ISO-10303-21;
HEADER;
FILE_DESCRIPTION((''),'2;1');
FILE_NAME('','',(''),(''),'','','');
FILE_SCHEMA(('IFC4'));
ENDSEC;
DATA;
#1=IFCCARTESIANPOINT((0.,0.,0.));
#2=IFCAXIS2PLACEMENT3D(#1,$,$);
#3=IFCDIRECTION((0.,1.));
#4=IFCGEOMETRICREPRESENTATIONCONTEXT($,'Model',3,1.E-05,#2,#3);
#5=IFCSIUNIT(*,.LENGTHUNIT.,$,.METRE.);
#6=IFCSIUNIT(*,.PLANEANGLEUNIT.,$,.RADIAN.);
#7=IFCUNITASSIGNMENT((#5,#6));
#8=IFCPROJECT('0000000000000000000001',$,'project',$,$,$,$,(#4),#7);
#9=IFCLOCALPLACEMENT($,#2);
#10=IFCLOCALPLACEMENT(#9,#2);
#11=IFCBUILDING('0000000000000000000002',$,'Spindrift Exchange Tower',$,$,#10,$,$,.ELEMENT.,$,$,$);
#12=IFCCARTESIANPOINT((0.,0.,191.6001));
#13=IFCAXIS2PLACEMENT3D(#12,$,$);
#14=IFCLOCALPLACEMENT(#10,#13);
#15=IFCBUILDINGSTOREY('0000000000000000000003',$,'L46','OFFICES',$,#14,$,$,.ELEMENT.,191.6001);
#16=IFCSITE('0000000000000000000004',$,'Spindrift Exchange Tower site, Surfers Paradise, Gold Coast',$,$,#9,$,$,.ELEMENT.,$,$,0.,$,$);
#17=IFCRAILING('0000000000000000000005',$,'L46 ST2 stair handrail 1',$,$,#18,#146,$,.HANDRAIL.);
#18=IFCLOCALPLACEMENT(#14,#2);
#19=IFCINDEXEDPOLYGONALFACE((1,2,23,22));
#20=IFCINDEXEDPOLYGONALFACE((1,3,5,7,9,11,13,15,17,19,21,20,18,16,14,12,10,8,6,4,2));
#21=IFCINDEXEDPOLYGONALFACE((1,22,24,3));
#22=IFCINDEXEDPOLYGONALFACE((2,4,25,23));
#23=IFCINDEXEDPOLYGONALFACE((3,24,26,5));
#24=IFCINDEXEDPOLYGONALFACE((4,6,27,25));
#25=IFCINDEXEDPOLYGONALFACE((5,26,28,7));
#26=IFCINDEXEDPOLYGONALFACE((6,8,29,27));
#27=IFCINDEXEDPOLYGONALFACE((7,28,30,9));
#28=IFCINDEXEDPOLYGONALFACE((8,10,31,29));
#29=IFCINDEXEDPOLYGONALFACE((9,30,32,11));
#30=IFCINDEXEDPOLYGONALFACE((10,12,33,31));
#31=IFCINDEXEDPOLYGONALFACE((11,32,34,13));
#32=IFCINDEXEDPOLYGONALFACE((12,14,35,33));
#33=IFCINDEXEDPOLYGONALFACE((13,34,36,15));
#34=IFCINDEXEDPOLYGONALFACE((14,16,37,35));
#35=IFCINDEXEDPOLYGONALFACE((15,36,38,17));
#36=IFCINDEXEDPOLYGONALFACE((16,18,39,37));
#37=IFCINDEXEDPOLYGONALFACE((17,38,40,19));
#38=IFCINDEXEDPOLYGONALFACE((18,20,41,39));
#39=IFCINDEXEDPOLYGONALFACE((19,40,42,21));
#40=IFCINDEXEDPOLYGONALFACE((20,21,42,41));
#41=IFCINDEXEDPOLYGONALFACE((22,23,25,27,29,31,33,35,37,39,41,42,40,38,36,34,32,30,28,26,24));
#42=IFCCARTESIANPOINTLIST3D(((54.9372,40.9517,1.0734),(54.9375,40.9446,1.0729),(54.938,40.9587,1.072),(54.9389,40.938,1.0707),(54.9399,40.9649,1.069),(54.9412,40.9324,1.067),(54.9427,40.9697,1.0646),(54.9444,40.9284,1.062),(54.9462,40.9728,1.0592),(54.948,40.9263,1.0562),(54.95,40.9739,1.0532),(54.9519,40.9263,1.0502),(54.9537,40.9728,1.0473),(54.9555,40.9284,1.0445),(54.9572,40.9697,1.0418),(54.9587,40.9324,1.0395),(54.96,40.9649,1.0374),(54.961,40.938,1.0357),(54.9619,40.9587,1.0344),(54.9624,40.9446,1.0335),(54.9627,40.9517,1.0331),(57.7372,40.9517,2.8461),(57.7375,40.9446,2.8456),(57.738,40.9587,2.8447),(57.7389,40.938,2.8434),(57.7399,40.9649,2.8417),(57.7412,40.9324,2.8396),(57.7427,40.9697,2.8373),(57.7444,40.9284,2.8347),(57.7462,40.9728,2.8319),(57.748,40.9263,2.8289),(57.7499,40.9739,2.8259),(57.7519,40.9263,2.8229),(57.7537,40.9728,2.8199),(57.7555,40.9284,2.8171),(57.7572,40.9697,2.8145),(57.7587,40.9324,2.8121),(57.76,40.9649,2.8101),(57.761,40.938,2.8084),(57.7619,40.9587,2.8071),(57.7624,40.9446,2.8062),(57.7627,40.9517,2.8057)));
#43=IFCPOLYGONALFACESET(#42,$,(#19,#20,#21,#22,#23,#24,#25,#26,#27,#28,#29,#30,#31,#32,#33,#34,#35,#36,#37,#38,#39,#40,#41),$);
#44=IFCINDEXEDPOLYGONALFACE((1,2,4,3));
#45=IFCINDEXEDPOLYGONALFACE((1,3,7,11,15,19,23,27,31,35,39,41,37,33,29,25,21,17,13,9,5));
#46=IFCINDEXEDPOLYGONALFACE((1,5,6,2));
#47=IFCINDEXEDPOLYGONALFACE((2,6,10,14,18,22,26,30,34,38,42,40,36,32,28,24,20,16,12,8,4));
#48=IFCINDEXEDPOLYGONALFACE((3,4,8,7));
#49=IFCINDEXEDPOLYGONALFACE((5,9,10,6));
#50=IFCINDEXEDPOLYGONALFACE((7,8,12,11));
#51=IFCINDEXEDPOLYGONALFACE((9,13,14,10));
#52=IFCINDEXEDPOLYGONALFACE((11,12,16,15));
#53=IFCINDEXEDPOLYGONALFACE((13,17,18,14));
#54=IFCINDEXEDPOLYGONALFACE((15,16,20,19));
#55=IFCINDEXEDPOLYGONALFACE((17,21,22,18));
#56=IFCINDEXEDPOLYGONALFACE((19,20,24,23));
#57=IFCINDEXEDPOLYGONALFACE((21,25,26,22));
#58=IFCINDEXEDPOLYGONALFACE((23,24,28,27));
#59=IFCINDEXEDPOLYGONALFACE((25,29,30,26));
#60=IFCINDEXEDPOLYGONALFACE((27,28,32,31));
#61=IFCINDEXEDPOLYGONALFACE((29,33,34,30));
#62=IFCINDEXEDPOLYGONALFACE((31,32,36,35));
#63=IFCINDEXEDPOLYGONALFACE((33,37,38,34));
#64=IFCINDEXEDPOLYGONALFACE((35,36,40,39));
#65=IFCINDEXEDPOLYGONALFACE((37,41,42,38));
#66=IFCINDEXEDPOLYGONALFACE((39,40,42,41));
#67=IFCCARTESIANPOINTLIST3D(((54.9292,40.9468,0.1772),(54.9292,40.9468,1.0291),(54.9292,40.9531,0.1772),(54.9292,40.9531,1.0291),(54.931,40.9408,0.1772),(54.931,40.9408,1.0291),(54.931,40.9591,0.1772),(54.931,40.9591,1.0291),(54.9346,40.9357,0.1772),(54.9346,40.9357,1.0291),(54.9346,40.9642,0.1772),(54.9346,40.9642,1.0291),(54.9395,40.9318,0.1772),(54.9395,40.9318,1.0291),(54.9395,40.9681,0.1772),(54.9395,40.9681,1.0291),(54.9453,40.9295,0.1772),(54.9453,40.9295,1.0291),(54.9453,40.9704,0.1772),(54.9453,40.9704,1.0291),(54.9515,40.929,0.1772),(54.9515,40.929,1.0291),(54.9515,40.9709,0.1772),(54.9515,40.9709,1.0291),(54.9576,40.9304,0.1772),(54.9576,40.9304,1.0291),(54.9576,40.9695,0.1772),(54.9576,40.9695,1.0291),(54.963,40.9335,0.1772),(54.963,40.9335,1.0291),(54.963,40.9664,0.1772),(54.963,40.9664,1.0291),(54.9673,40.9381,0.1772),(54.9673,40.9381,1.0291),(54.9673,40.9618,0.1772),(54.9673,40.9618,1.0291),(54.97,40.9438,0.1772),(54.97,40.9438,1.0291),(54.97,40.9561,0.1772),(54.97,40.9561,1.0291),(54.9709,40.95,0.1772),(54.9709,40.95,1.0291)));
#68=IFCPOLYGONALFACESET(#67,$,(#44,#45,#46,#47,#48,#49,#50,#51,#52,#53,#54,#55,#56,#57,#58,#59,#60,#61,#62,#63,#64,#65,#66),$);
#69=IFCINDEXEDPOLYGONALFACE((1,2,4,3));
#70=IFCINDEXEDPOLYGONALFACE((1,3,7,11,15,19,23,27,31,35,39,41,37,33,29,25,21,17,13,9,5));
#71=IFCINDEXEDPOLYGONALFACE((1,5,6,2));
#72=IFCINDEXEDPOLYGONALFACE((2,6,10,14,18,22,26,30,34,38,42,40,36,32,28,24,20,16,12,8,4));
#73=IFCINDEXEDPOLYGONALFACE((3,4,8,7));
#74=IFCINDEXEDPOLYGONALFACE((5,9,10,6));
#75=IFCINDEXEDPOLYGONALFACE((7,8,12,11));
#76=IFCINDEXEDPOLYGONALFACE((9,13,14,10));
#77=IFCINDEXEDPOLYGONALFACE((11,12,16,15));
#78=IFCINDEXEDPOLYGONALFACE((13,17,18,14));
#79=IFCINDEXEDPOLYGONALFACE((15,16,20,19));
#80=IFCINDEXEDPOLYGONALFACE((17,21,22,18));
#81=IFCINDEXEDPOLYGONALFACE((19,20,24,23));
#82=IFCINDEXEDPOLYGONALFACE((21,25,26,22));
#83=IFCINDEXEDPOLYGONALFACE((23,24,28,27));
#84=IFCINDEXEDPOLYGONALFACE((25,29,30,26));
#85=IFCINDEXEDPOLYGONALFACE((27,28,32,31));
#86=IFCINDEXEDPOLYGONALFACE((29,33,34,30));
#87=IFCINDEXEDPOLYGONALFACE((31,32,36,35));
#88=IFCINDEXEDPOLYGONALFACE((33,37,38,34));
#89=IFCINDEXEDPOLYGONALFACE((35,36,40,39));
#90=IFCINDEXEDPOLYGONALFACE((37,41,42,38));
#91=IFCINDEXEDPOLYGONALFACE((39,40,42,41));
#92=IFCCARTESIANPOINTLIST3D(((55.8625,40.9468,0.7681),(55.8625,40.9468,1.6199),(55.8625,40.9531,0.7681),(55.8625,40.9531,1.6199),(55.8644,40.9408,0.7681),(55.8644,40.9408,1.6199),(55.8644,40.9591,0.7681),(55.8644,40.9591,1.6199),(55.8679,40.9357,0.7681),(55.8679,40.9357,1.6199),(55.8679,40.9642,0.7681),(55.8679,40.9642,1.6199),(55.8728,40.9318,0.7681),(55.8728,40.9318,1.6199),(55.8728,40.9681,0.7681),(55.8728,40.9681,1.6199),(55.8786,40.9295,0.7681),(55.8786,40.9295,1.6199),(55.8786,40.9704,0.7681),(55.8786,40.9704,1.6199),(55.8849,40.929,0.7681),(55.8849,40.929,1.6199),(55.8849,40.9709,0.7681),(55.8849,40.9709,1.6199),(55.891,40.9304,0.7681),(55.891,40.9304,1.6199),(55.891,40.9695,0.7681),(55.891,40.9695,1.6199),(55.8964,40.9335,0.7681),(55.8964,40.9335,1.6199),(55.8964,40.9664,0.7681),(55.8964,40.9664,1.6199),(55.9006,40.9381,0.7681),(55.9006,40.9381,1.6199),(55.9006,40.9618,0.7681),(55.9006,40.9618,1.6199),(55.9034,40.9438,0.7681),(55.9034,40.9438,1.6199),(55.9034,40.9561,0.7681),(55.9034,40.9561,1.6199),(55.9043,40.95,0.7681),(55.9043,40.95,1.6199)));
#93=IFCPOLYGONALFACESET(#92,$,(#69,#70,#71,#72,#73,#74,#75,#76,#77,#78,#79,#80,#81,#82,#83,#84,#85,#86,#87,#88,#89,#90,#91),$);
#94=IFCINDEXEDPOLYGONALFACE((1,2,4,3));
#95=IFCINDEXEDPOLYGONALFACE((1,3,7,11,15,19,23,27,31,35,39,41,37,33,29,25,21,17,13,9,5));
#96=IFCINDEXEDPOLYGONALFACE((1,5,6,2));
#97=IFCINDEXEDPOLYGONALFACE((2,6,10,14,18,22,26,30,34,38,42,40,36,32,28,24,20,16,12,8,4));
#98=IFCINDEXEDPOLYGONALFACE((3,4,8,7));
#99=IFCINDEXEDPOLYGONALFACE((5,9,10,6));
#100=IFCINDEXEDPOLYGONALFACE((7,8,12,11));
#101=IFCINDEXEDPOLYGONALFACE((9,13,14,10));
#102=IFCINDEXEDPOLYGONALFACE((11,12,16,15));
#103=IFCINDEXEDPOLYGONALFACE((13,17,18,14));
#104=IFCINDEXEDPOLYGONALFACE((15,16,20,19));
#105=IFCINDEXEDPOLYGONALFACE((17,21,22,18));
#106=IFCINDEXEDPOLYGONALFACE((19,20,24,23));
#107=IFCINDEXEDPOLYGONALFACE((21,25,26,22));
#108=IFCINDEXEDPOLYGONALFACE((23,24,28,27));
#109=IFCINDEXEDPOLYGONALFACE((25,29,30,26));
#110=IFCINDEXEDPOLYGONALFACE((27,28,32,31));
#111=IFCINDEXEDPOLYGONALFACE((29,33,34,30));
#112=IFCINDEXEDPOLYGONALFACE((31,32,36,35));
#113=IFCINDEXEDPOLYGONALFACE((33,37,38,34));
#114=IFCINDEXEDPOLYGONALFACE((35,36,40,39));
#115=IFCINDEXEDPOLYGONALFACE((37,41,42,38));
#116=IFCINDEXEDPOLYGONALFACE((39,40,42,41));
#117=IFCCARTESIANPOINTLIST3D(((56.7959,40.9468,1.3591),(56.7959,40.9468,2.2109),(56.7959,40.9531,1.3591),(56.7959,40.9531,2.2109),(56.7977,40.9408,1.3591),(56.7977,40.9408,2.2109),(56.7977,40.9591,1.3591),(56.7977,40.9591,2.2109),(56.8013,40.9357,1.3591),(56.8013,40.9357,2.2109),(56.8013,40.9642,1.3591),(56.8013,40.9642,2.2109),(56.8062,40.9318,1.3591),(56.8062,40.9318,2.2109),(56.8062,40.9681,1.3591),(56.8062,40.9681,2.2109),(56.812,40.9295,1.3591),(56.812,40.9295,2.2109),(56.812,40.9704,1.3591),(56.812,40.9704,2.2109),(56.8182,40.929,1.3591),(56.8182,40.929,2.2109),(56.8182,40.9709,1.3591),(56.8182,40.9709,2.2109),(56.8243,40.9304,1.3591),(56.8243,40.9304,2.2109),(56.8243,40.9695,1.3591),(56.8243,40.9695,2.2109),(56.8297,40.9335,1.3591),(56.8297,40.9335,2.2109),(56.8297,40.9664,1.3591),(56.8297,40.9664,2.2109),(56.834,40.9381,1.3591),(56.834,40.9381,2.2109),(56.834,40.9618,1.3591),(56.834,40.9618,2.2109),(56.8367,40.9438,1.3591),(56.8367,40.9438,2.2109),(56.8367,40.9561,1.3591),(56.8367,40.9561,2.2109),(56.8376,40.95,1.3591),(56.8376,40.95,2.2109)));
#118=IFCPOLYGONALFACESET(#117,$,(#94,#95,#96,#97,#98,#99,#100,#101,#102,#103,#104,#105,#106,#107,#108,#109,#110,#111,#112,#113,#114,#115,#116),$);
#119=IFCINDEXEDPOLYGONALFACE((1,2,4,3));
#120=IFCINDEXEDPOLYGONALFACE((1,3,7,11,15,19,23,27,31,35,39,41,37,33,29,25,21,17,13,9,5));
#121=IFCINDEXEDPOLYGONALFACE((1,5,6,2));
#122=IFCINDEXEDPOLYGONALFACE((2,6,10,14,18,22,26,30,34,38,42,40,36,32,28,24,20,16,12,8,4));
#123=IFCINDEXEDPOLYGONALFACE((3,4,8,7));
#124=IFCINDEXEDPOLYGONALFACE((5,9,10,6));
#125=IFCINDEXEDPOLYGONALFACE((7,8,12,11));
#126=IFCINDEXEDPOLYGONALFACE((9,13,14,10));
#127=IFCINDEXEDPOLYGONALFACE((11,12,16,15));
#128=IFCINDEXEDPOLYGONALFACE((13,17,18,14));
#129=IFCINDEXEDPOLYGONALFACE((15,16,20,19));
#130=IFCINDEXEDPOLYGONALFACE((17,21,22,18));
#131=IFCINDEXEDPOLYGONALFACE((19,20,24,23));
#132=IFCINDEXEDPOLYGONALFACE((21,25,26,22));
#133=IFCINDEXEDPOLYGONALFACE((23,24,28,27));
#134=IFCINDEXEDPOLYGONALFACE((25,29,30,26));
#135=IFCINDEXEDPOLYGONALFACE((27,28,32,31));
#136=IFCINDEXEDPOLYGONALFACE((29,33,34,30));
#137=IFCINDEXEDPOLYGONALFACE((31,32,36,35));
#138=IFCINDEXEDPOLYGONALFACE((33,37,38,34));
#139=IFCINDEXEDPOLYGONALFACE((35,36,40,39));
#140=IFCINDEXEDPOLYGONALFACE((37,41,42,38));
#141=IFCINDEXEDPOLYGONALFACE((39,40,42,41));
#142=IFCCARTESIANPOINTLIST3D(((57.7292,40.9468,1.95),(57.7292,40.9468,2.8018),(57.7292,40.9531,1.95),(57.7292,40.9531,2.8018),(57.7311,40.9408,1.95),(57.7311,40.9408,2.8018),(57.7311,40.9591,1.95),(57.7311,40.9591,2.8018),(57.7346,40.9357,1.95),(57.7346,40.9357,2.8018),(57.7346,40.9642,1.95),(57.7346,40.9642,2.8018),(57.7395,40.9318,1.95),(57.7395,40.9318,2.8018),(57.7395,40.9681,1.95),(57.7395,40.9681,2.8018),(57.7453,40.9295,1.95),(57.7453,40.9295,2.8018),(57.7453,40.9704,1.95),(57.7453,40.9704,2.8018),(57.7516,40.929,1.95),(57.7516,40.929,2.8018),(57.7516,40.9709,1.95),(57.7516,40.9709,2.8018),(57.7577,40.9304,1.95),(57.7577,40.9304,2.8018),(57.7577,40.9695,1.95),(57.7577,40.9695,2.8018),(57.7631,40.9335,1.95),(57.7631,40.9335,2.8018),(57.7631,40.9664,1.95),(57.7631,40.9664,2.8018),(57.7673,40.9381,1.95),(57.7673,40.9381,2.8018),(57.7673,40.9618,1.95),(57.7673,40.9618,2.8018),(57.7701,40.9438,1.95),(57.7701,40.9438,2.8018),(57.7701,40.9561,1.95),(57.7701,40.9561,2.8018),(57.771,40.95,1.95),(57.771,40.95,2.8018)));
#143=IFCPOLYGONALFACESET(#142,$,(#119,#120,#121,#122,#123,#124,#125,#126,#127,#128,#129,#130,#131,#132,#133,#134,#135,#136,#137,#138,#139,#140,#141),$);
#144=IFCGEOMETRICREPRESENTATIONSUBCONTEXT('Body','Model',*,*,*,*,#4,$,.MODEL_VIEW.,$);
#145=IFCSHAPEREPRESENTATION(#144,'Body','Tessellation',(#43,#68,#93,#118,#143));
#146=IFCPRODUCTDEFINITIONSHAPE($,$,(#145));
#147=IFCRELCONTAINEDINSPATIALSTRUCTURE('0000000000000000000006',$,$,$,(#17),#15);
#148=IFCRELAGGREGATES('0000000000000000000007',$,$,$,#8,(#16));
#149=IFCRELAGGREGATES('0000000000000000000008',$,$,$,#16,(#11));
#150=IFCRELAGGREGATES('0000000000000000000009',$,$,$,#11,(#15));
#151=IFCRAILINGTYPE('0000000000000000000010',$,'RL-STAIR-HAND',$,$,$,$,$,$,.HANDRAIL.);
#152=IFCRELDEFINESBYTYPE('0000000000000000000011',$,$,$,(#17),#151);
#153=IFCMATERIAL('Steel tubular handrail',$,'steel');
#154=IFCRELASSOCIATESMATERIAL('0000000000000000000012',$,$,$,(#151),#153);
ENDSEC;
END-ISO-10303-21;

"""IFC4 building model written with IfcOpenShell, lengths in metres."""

from ifc_helpers import new_model, si_unit, direction, frame, origin, origin_2d, place, context, subcontext, project, spatial, circle, extrude, material, type_object, element, save


model = new_model("IFC4")

# Units and contexts
model_context = context("Model", 3, precision=1e-05, world=origin(), true_north=direction((0.0, 1.0)))
body_context = subcontext(model_context, "Body", "Model", "MODEL_VIEW")
ifc_project = project(units=[si_unit("LENGTHUNIT", "METRE"), si_unit("PLANEANGLEUNIT", "RADIAN")], contexts=[model_context])

# Site, building, storey
site_placement = place(None, origin())
site = spatial("IfcSite", under=ifc_project, at=site_placement, Name="Spindrift Exchange Tower site, Surfers Paradise, Gold Coast", CompositionType="ELEMENT", RefElevation=0.0)
building_placement = place(site_placement, origin())
building = spatial("IfcBuilding", under=site, at=building_placement, Name="Spindrift Exchange Tower", CompositionType="ELEMENT")
storey_placement = place(building_placement, frame((0.0, 0.0, 191.6001)))
storey = spatial("IfcBuildingStorey", under=building, at=storey_placement, Name="L46", Description="OFFICES", CompositionType="ELEMENT", Elevation=191.6001)

# Railing
ifc_material_1 = material(Name="Steel tubular handrail", Category="steel")
railing_type_1 = type_object("IfcRailingType", Name="RL-STAIR-HAND", PredefinedType="HANDRAIL", material=ifc_material_1)
railing_1_placement = place(storey_placement, frame((54.95, 40.95, 0.1772)))
element("IfcRailing", 1, at=railing_1_placement, inside=storey, type_object=railing_type_1, Name="L46 ST2 stair handrail 1", PredefinedType="HANDRAIL", context=body_context, shape_type="SweptSolid", body=[
    extrude(circle(Radius=0.0239, at=origin_2d()), frame((0.0, 0.0, 0.876), z_axis=(0.844909, 0.0, 0.53491), x_axis=(0.0, 1.0, 0.0)), (0.0, 0.0, 1.0), 3.314),
    extrude(circle(Radius=0.021, at=origin_2d()), origin(), (0.0, 0.0, 1.0), 0.8518),
    extrude(circle(Radius=0.021, at=origin_2d()), frame((0.9333, 0.0, 0.5908)), (0.0, 0.0, 1.0), 0.8518),
    extrude(circle(Radius=0.021, at=origin_2d()), frame((1.8667, 0.0, 1.1819)), (0.0, 0.0, 1.0), 0.8518),
    extrude(circle(Radius=0.021, at=origin_2d()), frame((2.8, 0.0, 1.7727)), (0.0, 0.0, 1.0), 0.8518),
])

save(model, "model.ifc")
